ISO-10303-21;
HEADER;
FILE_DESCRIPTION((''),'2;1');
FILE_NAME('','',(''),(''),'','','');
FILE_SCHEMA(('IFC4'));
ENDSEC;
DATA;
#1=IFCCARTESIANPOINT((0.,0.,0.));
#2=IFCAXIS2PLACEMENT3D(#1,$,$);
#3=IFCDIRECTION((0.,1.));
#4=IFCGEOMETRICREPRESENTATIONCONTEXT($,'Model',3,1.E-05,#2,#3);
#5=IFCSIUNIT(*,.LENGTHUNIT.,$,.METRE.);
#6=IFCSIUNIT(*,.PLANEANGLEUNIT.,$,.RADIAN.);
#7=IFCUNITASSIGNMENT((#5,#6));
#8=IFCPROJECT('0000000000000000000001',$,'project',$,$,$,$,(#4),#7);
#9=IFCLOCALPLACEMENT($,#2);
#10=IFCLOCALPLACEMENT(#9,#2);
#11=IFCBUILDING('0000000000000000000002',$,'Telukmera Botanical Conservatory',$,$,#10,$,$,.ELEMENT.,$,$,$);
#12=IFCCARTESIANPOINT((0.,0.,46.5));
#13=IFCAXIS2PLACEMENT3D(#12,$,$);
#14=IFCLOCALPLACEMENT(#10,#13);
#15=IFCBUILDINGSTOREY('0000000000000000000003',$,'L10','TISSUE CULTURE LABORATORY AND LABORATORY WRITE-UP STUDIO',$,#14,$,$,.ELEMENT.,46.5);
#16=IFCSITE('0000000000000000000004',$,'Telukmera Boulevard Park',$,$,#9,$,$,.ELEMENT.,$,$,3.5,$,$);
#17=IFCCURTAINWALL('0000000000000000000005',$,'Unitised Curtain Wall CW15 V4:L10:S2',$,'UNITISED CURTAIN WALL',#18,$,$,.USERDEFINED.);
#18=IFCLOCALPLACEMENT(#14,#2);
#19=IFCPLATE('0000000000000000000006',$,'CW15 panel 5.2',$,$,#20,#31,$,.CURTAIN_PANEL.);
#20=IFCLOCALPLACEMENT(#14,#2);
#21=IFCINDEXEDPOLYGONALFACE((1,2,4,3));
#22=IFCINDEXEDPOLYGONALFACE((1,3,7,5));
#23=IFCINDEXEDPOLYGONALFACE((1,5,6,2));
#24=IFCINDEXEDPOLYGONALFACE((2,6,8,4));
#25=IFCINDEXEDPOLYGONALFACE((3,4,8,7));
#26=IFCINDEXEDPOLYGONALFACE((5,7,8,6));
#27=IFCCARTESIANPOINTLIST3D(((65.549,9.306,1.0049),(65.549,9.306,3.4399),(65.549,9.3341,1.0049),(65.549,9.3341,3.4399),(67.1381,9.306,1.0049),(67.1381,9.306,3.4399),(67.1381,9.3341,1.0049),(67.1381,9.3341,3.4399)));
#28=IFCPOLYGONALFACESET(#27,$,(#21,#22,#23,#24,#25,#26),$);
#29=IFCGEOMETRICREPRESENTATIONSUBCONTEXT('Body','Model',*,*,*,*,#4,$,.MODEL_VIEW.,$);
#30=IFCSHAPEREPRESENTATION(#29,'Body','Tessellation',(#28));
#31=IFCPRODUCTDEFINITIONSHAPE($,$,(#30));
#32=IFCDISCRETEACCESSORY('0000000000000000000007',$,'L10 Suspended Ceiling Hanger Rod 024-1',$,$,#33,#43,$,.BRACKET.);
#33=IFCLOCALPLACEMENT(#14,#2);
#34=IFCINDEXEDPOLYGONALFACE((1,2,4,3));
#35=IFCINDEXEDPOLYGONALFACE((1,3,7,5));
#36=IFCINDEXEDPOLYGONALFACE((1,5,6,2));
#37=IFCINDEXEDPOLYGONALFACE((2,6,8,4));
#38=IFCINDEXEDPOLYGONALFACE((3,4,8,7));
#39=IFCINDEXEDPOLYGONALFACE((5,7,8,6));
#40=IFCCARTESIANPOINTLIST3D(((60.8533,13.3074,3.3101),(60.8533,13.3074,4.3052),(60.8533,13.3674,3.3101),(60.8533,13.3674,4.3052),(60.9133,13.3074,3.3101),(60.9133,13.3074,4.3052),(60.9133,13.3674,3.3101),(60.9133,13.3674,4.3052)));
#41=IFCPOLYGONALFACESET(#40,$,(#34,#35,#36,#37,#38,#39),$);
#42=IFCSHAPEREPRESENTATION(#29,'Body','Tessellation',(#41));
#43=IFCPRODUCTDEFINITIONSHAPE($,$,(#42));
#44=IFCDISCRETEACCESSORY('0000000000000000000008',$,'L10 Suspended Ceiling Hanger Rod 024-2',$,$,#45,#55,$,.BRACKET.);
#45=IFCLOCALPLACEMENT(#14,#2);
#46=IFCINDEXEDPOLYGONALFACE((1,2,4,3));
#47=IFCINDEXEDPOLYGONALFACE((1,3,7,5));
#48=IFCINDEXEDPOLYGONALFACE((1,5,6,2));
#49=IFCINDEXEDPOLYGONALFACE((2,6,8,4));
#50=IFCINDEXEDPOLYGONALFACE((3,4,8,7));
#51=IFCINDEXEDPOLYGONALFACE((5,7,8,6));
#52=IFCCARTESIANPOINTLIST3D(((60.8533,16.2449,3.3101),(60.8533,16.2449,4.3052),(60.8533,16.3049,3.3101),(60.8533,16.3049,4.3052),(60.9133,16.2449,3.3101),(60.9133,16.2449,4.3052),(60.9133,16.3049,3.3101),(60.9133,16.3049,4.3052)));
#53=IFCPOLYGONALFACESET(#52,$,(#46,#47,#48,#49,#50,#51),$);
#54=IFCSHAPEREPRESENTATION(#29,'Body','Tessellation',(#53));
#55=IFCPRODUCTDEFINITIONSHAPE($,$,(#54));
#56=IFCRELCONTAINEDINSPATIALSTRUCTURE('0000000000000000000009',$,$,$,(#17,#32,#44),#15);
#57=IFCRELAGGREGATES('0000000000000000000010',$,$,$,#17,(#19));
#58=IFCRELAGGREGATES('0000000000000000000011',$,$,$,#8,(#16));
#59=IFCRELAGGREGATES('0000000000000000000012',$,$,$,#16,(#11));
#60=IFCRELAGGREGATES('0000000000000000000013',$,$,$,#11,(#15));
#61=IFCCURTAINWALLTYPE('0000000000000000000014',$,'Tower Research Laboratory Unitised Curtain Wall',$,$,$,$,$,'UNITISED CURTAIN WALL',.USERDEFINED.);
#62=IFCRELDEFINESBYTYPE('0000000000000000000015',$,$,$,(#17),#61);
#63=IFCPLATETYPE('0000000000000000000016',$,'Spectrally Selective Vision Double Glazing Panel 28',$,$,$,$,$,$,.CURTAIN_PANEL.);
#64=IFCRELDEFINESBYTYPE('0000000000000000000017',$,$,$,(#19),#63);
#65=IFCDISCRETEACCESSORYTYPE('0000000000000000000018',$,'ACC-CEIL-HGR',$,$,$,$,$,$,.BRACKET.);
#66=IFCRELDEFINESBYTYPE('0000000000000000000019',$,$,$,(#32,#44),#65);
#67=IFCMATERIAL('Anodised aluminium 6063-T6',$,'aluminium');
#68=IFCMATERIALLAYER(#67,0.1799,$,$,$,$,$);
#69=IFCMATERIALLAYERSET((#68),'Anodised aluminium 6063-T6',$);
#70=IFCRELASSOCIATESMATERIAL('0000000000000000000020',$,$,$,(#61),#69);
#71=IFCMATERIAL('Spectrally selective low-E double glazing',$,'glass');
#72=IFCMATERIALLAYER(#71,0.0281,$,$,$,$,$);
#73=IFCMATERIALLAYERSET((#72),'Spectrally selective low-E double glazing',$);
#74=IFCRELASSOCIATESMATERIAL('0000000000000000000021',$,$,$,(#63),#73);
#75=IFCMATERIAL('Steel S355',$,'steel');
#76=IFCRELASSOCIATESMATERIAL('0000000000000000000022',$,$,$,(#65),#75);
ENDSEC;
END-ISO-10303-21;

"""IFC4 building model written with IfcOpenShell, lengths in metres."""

from ifc_helpers import new_model, si_unit, direction, frame, origin, origin_2d, place, context, subcontext, project, spatial, rectangle, extrude, material, layer, layer_set, type_object, element, aggregate, save


model = new_model("IFC4")

# Units and contexts
model_context = context("Model", 3, precision=1e-05, world=origin(), true_north=direction((0.0, 1.0)))
body_context = subcontext(model_context, "Body", "Model", "MODEL_VIEW")
ifc_project = project(units=[si_unit("LENGTHUNIT", "METRE"), si_unit("PLANEANGLEUNIT", "RADIAN")], contexts=[model_context])

# Site, building, storey
site_placement = place(None, origin())
site = spatial("IfcSite", under=ifc_project, at=site_placement, Name="Telukmera Boulevard Park", CompositionType="ELEMENT", RefElevation=3.5)
building_placement = place(site_placement, origin())
building = spatial("IfcBuilding", under=site, at=building_placement, Name="Telukmera Botanical Conservatory", CompositionType="ELEMENT")
storey_placement = place(building_placement, frame((0.0, 0.0, 46.5)))
storey = spatial("IfcBuildingStorey", under=building, at=storey_placement, Name="L10", Description="TISSUE CULTURE LABORATORY AND LABORATORY WRITE-UP STUDIO", CompositionType="ELEMENT", Elevation=46.5)

# Curtain wall, plate
ifc_material_1 = material(Name="Anodised aluminium 6063-T6", Category="aluminium")
ifc_layer_1 = layer(ifc_material_1, 0.1799)
ifc_layer_set_1 = layer_set([ifc_layer_1], Name="Anodised aluminium 6063-T6")
curtain_wall_type = type_object("IfcCurtainWallType", Name="Tower Research Laboratory Unitised Curtain Wall", ElementType="UNITISED CURTAIN WALL", PredefinedType="USERDEFINED", material=ifc_layer_set_1)
curtain_wall_placement = place(storey_placement, origin())
curtain_wall = element("IfcCurtainWall", 1, at=curtain_wall_placement, inside=storey, type_object=curtain_wall_type, Name="Unitised Curtain Wall CW15 V4:L10:S2", ObjectType="UNITISED CURTAIN WALL", PredefinedType="USERDEFINED")
ifc_material_2 = material(Name="Spectrally selective low-E double glazing", Category="glass")
ifc_layer_2 = layer(ifc_material_2, 0.0281)
ifc_layer_set_2 = layer_set([ifc_layer_2], Name="Spectrally selective low-E double glazing")
plate_type = type_object("IfcPlateType", Name="Spectrally Selective Vision Double Glazing Panel 28", PredefinedType="CURTAIN_PANEL", material=ifc_layer_set_2)
plate_1_placement = place(storey_placement, frame((66.3435, 9.3201, 1.0049), z_axis=(0.0, 0.0, 1.0), x_axis=(1.0, 0.0, 0.0)))
plate_1 = element("IfcPlate", 2, at=plate_1_placement, type_object=plate_type, Name="CW15 panel 5.2", PredefinedType="CURTAIN_PANEL", context=body_context, shape_type="SweptSolid", body=[
    extrude(rectangle(XDim=1.5891, YDim=0.0281, at=origin_2d()), origin(), (0.0, 0.0, 1.0), 2.4351),
])
aggregate(curtain_wall, [plate_1])

# Discrete accessories
ifc_material_3 = material(Name="Steel S355", Category="steel")
discrete_accessory_type = type_object("IfcDiscreteAccessoryType", Name="ACC-CEIL-HGR", PredefinedType="BRACKET", material=ifc_material_3)
for number, where, z_axis, x_axis, name in (
    (3, (60.8833, 13.3374, 3.3101), (0.0, 0.0, 1.0), (1.0, 0.0, 0.0), "L10 Suspended Ceiling Hanger Rod 024-1"),
    (4, (60.8833, 16.2749, 3.3101), (0.0, 0.0, 1.0), (1.0, 0.0, 0.0), "L10 Suspended Ceiling Hanger Rod 024-2"),
):
    element("IfcDiscreteAccessory", number, at=place(storey_placement, frame(where, z_axis=z_axis, x_axis=x_axis)), inside=storey, type_object=discrete_accessory_type, Name=name, PredefinedType="BRACKET", context=body_context, shape_type="SweptSolid", body=[
        extrude(rectangle(XDim=0.0601, YDim=0.0601, at=origin_2d()), origin(), (0.0, 0.0, 1.0), 0.9951),
    ])

save(model, "model.ifc")
